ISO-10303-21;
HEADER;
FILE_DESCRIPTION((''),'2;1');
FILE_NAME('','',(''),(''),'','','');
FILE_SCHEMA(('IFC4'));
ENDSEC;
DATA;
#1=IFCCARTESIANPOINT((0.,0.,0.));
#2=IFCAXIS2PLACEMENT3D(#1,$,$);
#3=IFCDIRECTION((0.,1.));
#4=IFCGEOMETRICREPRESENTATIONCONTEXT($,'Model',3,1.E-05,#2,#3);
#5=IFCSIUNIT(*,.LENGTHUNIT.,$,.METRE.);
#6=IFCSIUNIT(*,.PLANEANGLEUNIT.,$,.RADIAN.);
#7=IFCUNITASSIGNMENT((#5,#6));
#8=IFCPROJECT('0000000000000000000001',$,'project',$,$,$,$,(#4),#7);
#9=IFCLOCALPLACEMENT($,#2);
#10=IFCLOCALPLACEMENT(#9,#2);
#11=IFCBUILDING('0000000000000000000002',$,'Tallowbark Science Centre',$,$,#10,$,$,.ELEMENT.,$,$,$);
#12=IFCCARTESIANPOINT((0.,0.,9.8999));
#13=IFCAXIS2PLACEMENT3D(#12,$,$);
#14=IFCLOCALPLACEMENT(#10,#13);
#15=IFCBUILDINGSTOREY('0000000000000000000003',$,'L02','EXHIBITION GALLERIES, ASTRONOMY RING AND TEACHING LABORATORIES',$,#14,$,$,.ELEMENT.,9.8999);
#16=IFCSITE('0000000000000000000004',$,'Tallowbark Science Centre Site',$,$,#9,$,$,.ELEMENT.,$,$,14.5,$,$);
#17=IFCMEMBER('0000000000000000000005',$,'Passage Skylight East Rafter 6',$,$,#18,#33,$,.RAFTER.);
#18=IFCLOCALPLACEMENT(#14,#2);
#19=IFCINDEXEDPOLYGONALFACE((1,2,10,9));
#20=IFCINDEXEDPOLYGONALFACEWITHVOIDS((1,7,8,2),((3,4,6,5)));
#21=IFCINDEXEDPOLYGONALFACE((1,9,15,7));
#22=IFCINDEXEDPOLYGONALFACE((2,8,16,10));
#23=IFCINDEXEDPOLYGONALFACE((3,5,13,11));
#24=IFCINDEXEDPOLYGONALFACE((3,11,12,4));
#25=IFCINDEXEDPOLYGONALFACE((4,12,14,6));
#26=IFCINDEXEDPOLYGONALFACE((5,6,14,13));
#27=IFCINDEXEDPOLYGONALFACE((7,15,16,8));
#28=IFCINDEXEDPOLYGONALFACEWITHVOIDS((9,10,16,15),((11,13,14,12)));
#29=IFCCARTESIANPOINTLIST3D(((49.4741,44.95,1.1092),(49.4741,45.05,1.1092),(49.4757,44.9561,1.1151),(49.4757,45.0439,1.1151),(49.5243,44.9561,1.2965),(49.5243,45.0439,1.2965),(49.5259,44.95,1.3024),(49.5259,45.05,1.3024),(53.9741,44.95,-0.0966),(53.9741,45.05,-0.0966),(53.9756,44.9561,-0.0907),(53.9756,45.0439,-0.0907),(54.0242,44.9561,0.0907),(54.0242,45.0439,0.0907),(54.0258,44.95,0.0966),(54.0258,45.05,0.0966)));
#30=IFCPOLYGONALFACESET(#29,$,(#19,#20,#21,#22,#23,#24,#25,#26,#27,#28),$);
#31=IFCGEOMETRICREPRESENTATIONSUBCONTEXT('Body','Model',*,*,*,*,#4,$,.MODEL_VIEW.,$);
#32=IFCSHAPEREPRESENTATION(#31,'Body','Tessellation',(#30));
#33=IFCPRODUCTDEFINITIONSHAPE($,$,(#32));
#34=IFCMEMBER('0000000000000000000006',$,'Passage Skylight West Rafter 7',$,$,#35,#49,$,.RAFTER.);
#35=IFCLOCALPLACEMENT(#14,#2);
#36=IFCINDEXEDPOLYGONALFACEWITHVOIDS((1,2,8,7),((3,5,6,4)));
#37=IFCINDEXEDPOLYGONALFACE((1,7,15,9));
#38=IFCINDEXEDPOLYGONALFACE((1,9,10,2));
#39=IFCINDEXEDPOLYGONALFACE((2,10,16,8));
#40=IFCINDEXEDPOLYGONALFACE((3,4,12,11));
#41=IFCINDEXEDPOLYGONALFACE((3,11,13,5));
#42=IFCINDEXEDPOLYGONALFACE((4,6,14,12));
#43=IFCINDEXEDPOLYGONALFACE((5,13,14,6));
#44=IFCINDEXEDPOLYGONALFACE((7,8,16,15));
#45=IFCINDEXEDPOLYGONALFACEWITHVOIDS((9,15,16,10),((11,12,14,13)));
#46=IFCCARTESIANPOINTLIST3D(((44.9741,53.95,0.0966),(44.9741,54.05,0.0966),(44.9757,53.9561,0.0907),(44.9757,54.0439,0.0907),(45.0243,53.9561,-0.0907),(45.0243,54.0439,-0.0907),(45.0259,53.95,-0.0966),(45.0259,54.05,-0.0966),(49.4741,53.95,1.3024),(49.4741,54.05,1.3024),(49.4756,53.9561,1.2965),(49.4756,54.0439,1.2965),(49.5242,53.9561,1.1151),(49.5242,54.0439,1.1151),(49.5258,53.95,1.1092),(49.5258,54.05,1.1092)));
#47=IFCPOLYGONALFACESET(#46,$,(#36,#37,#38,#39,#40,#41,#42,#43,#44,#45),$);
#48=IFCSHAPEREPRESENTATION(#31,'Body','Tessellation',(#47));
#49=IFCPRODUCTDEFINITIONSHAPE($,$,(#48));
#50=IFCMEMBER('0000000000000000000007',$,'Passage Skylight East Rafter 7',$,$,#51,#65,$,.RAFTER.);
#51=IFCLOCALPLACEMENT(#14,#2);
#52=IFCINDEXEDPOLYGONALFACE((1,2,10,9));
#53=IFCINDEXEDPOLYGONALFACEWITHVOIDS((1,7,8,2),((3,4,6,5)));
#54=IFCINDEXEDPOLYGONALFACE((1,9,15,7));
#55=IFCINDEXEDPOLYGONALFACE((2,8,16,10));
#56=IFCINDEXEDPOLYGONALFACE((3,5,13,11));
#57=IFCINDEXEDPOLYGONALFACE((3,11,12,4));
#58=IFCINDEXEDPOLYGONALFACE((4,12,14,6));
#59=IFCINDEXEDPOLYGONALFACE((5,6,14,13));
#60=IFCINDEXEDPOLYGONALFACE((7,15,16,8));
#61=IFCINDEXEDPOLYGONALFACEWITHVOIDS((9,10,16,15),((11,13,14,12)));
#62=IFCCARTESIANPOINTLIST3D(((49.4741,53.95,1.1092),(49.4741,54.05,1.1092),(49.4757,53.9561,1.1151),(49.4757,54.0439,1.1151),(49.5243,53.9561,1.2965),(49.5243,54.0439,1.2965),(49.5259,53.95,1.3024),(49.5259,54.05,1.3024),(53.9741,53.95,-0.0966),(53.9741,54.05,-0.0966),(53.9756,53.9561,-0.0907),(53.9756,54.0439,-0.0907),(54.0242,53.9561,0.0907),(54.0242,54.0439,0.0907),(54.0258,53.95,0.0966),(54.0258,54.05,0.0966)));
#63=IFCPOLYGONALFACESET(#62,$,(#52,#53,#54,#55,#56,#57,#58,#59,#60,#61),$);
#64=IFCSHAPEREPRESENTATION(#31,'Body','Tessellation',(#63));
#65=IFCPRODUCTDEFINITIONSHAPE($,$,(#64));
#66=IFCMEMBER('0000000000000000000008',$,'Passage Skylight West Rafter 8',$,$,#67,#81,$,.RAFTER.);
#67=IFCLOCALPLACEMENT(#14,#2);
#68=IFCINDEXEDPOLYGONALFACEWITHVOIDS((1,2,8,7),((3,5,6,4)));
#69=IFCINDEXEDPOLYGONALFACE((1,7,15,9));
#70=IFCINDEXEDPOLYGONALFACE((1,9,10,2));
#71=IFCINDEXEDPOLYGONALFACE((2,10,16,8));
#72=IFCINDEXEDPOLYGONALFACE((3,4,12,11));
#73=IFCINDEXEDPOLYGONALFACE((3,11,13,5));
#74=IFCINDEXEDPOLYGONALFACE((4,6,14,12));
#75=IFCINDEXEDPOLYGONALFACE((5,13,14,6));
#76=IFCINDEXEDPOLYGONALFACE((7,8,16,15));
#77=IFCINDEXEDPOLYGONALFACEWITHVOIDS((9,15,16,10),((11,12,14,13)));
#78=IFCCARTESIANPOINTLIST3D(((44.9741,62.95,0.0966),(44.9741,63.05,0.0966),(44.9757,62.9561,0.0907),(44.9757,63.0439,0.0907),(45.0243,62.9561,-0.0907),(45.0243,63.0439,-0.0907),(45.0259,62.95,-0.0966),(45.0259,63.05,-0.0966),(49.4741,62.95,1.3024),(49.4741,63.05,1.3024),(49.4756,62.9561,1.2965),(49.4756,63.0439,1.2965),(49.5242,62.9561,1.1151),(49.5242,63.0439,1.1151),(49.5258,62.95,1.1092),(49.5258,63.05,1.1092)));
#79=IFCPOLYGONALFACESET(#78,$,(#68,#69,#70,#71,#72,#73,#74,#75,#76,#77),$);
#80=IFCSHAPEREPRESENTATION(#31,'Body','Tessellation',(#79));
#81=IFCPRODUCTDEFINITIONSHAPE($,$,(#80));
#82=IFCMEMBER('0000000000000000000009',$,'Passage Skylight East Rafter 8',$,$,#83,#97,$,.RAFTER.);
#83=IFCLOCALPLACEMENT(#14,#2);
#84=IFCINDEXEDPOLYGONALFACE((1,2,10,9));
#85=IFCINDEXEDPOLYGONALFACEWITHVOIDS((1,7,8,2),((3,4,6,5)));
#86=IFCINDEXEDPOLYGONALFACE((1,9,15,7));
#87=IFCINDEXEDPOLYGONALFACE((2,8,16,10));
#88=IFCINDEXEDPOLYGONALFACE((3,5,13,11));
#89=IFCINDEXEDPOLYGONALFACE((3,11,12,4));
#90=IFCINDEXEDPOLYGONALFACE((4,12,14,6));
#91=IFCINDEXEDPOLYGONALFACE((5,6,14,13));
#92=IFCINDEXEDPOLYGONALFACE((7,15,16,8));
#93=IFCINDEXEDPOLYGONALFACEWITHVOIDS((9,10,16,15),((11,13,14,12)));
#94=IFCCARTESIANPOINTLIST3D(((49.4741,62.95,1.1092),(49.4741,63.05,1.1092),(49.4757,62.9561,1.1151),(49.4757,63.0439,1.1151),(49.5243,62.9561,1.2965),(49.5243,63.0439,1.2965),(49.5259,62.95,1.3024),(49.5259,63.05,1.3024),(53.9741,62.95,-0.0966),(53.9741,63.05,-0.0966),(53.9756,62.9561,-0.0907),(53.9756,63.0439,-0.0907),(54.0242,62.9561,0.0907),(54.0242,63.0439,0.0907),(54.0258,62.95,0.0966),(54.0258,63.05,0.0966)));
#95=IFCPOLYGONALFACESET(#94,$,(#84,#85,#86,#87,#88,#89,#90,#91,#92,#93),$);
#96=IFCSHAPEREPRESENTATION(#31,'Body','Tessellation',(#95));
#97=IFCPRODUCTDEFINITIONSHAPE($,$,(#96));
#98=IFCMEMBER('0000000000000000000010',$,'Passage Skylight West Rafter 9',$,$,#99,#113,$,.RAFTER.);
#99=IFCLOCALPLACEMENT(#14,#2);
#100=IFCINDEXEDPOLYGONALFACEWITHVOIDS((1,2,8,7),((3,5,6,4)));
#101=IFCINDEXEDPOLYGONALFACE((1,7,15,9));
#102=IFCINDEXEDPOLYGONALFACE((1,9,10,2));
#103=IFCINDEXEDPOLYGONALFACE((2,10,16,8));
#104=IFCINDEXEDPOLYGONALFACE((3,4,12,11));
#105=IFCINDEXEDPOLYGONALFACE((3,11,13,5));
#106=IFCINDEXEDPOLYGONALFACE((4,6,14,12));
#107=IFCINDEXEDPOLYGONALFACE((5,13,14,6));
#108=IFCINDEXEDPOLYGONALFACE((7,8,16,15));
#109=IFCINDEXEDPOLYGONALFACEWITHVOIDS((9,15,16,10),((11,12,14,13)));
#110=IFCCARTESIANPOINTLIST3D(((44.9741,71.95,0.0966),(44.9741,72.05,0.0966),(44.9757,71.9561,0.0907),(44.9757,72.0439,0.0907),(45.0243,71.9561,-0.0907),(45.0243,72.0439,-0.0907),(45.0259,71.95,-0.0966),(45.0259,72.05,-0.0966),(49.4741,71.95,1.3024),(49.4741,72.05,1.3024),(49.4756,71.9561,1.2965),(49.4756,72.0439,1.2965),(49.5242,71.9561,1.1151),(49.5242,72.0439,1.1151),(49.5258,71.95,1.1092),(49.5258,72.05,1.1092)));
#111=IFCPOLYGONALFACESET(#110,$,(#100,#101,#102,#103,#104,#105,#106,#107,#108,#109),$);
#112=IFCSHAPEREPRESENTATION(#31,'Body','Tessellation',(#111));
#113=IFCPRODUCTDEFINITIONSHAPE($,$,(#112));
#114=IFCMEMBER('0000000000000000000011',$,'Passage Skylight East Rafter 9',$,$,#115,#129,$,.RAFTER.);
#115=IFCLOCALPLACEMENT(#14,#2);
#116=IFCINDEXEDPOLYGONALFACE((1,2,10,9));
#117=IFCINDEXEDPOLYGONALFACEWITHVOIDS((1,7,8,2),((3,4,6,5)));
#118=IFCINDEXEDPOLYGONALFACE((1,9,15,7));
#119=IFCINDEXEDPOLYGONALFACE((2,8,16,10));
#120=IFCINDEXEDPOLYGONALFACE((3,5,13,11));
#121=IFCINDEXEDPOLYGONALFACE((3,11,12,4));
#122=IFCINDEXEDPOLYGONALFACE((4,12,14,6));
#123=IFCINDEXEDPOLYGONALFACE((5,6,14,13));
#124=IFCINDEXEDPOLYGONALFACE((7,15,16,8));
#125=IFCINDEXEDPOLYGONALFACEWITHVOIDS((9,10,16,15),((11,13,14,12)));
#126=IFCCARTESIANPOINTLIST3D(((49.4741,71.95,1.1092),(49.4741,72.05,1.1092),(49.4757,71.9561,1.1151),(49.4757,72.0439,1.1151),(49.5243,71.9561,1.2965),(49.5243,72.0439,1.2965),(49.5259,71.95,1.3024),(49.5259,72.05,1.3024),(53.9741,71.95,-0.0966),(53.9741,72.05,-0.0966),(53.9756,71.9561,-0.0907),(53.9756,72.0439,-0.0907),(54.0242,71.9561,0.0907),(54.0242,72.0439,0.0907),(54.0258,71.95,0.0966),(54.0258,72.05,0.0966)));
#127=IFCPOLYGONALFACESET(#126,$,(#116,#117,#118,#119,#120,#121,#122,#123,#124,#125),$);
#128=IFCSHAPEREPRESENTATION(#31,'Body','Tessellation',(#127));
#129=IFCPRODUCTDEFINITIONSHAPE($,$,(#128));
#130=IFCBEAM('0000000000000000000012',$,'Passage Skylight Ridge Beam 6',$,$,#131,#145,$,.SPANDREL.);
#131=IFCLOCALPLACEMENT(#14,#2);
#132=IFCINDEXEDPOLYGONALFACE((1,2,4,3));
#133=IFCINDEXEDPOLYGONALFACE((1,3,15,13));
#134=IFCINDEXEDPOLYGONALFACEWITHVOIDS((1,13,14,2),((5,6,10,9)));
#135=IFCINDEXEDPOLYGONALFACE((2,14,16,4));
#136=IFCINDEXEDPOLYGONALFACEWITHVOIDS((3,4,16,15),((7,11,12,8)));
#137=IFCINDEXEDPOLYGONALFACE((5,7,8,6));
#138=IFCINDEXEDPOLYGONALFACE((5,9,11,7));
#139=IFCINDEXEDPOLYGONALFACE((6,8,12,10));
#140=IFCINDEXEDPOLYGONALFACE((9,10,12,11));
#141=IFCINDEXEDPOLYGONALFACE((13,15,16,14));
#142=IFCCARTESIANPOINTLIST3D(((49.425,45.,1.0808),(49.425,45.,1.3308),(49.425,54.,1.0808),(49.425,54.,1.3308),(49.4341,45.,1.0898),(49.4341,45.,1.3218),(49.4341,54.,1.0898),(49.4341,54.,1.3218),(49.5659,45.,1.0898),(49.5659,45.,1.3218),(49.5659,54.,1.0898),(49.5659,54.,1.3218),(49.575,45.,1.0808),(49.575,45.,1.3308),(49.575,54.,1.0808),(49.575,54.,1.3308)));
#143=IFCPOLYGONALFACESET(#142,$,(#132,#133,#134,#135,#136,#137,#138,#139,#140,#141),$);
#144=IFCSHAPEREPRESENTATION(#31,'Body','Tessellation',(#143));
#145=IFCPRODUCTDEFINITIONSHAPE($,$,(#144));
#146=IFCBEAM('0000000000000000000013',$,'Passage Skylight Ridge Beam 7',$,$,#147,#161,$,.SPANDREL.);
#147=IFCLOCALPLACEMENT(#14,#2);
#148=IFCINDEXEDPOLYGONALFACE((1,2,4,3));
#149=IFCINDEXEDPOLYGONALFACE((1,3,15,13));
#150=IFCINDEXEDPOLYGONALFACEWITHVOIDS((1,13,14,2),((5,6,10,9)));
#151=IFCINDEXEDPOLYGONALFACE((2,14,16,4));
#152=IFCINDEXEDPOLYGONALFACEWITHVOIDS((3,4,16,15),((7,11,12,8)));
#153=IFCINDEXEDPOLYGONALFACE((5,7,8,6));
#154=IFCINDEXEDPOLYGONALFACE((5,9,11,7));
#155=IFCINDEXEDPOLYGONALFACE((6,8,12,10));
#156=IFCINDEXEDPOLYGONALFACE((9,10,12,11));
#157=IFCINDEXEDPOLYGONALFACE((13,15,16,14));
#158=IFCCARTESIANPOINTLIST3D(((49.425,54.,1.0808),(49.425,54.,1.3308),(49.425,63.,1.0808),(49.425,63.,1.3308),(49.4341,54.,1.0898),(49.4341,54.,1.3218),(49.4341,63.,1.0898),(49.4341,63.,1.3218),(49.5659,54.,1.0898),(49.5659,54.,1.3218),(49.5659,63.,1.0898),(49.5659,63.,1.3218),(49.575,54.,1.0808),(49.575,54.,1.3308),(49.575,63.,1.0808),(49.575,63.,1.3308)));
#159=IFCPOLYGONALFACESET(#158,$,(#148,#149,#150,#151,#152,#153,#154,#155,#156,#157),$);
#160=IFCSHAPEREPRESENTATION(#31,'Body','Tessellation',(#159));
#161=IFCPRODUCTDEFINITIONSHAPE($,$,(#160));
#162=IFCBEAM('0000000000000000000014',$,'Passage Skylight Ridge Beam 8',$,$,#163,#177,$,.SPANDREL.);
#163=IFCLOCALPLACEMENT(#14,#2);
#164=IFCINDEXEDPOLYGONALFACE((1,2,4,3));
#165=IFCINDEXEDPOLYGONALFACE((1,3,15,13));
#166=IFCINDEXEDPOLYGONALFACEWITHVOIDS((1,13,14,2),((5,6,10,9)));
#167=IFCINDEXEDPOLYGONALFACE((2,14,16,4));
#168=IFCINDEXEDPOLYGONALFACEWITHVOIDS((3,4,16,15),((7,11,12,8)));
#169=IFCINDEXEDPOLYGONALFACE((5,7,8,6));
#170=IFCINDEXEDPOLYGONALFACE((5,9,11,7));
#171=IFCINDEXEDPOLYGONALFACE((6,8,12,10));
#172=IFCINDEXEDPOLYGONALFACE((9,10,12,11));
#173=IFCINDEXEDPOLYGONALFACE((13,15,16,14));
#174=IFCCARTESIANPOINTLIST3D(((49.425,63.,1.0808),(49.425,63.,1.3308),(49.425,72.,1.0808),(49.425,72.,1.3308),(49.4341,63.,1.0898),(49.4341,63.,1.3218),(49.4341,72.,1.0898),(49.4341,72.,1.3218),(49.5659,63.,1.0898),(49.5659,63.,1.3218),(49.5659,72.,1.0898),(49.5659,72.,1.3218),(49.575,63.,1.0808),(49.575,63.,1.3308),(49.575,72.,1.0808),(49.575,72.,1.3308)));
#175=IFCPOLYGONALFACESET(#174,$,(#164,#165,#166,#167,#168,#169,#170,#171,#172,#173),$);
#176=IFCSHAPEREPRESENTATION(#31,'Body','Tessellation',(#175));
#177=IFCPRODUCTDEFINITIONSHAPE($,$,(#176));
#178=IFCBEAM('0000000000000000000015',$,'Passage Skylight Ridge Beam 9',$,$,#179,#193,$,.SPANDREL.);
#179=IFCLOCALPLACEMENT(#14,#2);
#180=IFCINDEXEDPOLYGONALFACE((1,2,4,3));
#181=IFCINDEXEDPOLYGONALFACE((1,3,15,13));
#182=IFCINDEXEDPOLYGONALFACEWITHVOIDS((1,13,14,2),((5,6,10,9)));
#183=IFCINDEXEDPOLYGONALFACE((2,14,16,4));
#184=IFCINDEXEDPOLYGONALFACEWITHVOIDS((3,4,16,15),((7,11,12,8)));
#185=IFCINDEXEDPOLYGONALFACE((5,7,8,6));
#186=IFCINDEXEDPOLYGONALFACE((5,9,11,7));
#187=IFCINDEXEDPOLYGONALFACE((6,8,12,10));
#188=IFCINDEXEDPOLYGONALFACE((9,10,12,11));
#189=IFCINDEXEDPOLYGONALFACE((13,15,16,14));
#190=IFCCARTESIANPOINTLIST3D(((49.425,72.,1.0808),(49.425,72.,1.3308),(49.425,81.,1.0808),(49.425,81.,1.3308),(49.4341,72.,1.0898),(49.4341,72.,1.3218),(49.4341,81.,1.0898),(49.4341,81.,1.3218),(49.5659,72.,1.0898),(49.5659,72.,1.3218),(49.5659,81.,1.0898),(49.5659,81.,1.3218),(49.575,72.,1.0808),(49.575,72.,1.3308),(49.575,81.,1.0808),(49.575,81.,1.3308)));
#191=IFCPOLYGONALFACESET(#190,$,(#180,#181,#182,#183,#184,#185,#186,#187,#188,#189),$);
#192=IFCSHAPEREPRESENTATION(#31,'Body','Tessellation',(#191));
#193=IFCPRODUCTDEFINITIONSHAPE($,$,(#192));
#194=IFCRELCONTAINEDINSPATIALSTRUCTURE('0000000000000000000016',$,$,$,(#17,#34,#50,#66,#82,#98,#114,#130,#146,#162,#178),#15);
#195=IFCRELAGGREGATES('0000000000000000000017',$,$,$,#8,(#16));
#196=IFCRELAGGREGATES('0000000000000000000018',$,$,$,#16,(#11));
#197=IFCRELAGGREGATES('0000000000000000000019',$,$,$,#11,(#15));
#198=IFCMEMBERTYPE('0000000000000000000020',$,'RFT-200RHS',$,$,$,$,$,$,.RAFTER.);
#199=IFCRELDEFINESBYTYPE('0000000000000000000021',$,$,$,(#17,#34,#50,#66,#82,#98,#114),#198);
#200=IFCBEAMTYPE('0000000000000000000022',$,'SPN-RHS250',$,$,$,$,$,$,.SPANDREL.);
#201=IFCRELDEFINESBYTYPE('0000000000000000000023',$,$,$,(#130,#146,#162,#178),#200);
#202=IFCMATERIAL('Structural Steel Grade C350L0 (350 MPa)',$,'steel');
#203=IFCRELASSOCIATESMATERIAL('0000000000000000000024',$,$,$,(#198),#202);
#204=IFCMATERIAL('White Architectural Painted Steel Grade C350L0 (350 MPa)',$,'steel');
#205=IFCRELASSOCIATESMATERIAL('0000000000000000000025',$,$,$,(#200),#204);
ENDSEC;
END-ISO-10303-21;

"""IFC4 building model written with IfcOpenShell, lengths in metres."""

from ifc_helpers import new_model, si_unit, direction, frame, origin, origin_2d, place, context, subcontext, project, spatial, hollow_rectangle, extrude, material, material_profile, profile_set, type_object, element, save


model = new_model("IFC4")

# Units and contexts
model_context = context("Model", 3, precision=1e-05, world=origin(), true_north=direction((0.0, 1.0)))
body_context = subcontext(model_context, "Body", "Model", "MODEL_VIEW")
ifc_project = project(units=[si_unit("LENGTHUNIT", "METRE"), si_unit("PLANEANGLEUNIT", "RADIAN")], contexts=[model_context])

# Site, building, storey
site_placement = place(None, origin())
site = spatial("IfcSite", under=ifc_project, at=site_placement, Name="Tallowbark Science Centre Site", CompositionType="ELEMENT", RefElevation=14.5)
building_placement = place(site_placement, origin())
building = spatial("IfcBuilding", under=site, at=building_placement, Name="Tallowbark Science Centre", CompositionType="ELEMENT")
storey_placement = place(building_placement, frame((0.0, 0.0, 9.8999)))
storey = spatial("IfcBuildingStorey", under=building, at=storey_placement, Name="L02", Description="EXHIBITION GALLERIES, ASTRONOMY RING AND TEACHING LABORATORIES", CompositionType="ELEMENT", Elevation=9.8999)

# Members
ifc_material_1 = material(Name="Structural Steel Grade C350L0 (350 MPa)", Category="steel")
ifc_material_profile_1 = material_profile(ifc_material_1, hollow_rectangle(XDim=0.1001, YDim=0.2, WallThickness=0.0061, at=origin_2d()), Name="200x100x6.0RHS")
ifc_profile_set_1 = profile_set([ifc_material_profile_1], Name="Structural Steel Grade C350L0 (350 MPa)")
member_type_1 = type_object("IfcMemberType", Name="RFT-200RHS", PredefinedType="RAFTER", material=ifc_profile_set_1)
for number, where, z_axis, x_axis, name in (
    (1, (49.5, 45.0, 1.2058), (0.965924, 0.0, -0.258827), (0.0, 1.0, 0.0), "Passage Skylight East Rafter 6"),
    (2, (45.0, 54.0, 0.0), (0.965924, 0.0, 0.258827), (0.0, 1.0, 0.0), "Passage Skylight West Rafter 7"),
    (3, (49.5, 54.0, 1.2058), (0.965924, 0.0, -0.258827), (0.0, 1.0, 0.0), "Passage Skylight East Rafter 7"),
    (4, (45.0, 63.0, 0.0), (0.965924, 0.0, 0.258827), (0.0, 1.0, 0.0), "Passage Skylight West Rafter 8"),
    (5, (49.5, 63.0, 1.2058), (0.965924, 0.0, -0.258827), (0.0, 1.0, 0.0), "Passage Skylight East Rafter 8"),
    (6, (45.0, 72.0, 0.0), (0.965924, 0.0, 0.258827), (0.0, 1.0, 0.0), "Passage Skylight West Rafter 9"),
    (7, (49.5, 72.0, 1.2058), (0.965924, 0.0, -0.258827), (0.0, 1.0, 0.0), "Passage Skylight East Rafter 9"),
):
    element("IfcMember", number, at=place(storey_placement, frame(where, z_axis=z_axis, x_axis=x_axis)), inside=storey, type_object=member_type_1, Name=name, PredefinedType="RAFTER", context=body_context, shape_type="SweptSolid", body=[
        extrude(hollow_rectangle(XDim=0.1001, YDim=0.2, WallThickness=0.0061, at=origin_2d()), origin(), (0.0, 0.0, 1.0), 4.6587),
    ])

# Beams
ifc_material_2 = material(Name="White Architectural Painted Steel Grade C350L0 (350 MPa)", Category="steel")
ifc_material_profile_2 = material_profile(ifc_material_2, hollow_rectangle(XDim=0.1499, YDim=0.25, WallThickness=0.009, at=origin_2d()), Name="250x150x9.0RHS")
ifc_profile_set_2 = profile_set([ifc_material_profile_2], Name="White Architectural Painted Steel Grade C350L0 (350 MPa)")
beam_type_1 = type_object("IfcBeamType", Name="SPN-RHS250", PredefinedType="SPANDREL", material=ifc_profile_set_2)
for number, where, z_axis, x_axis, name in (
    (8, (49.5, 45.0, 1.2058), (0.0, 1.0, 0.0), (-1.0, 0.0, 0.0), "Passage Skylight Ridge Beam 6"),
    (9, (49.5, 54.0, 1.2058), (0.0, 1.0, 0.0), (-1.0, 0.0, 0.0), "Passage Skylight Ridge Beam 7"),
    (10, (49.5, 63.0, 1.2058), (0.0, 1.0, 0.0), (-1.0, 0.0, 0.0), "Passage Skylight Ridge Beam 8"),
    (11, (49.5, 72.0, 1.2058), (0.0, 1.0, 0.0), (-1.0, 0.0, 0.0), "Passage Skylight Ridge Beam 9"),
):
    element("IfcBeam", number, at=place(storey_placement, frame(where, z_axis=z_axis, x_axis=x_axis)), inside=storey, type_object=beam_type_1, Name=name, PredefinedType="SPANDREL", context=body_context, shape_type="SweptSolid", body=[
        extrude(hollow_rectangle(XDim=0.1499, YDim=0.25, WallThickness=0.009, at=origin_2d()), origin(), (0.0, 0.0, 1.0), 9.0),
    ])

save(model, "model.ifc")
